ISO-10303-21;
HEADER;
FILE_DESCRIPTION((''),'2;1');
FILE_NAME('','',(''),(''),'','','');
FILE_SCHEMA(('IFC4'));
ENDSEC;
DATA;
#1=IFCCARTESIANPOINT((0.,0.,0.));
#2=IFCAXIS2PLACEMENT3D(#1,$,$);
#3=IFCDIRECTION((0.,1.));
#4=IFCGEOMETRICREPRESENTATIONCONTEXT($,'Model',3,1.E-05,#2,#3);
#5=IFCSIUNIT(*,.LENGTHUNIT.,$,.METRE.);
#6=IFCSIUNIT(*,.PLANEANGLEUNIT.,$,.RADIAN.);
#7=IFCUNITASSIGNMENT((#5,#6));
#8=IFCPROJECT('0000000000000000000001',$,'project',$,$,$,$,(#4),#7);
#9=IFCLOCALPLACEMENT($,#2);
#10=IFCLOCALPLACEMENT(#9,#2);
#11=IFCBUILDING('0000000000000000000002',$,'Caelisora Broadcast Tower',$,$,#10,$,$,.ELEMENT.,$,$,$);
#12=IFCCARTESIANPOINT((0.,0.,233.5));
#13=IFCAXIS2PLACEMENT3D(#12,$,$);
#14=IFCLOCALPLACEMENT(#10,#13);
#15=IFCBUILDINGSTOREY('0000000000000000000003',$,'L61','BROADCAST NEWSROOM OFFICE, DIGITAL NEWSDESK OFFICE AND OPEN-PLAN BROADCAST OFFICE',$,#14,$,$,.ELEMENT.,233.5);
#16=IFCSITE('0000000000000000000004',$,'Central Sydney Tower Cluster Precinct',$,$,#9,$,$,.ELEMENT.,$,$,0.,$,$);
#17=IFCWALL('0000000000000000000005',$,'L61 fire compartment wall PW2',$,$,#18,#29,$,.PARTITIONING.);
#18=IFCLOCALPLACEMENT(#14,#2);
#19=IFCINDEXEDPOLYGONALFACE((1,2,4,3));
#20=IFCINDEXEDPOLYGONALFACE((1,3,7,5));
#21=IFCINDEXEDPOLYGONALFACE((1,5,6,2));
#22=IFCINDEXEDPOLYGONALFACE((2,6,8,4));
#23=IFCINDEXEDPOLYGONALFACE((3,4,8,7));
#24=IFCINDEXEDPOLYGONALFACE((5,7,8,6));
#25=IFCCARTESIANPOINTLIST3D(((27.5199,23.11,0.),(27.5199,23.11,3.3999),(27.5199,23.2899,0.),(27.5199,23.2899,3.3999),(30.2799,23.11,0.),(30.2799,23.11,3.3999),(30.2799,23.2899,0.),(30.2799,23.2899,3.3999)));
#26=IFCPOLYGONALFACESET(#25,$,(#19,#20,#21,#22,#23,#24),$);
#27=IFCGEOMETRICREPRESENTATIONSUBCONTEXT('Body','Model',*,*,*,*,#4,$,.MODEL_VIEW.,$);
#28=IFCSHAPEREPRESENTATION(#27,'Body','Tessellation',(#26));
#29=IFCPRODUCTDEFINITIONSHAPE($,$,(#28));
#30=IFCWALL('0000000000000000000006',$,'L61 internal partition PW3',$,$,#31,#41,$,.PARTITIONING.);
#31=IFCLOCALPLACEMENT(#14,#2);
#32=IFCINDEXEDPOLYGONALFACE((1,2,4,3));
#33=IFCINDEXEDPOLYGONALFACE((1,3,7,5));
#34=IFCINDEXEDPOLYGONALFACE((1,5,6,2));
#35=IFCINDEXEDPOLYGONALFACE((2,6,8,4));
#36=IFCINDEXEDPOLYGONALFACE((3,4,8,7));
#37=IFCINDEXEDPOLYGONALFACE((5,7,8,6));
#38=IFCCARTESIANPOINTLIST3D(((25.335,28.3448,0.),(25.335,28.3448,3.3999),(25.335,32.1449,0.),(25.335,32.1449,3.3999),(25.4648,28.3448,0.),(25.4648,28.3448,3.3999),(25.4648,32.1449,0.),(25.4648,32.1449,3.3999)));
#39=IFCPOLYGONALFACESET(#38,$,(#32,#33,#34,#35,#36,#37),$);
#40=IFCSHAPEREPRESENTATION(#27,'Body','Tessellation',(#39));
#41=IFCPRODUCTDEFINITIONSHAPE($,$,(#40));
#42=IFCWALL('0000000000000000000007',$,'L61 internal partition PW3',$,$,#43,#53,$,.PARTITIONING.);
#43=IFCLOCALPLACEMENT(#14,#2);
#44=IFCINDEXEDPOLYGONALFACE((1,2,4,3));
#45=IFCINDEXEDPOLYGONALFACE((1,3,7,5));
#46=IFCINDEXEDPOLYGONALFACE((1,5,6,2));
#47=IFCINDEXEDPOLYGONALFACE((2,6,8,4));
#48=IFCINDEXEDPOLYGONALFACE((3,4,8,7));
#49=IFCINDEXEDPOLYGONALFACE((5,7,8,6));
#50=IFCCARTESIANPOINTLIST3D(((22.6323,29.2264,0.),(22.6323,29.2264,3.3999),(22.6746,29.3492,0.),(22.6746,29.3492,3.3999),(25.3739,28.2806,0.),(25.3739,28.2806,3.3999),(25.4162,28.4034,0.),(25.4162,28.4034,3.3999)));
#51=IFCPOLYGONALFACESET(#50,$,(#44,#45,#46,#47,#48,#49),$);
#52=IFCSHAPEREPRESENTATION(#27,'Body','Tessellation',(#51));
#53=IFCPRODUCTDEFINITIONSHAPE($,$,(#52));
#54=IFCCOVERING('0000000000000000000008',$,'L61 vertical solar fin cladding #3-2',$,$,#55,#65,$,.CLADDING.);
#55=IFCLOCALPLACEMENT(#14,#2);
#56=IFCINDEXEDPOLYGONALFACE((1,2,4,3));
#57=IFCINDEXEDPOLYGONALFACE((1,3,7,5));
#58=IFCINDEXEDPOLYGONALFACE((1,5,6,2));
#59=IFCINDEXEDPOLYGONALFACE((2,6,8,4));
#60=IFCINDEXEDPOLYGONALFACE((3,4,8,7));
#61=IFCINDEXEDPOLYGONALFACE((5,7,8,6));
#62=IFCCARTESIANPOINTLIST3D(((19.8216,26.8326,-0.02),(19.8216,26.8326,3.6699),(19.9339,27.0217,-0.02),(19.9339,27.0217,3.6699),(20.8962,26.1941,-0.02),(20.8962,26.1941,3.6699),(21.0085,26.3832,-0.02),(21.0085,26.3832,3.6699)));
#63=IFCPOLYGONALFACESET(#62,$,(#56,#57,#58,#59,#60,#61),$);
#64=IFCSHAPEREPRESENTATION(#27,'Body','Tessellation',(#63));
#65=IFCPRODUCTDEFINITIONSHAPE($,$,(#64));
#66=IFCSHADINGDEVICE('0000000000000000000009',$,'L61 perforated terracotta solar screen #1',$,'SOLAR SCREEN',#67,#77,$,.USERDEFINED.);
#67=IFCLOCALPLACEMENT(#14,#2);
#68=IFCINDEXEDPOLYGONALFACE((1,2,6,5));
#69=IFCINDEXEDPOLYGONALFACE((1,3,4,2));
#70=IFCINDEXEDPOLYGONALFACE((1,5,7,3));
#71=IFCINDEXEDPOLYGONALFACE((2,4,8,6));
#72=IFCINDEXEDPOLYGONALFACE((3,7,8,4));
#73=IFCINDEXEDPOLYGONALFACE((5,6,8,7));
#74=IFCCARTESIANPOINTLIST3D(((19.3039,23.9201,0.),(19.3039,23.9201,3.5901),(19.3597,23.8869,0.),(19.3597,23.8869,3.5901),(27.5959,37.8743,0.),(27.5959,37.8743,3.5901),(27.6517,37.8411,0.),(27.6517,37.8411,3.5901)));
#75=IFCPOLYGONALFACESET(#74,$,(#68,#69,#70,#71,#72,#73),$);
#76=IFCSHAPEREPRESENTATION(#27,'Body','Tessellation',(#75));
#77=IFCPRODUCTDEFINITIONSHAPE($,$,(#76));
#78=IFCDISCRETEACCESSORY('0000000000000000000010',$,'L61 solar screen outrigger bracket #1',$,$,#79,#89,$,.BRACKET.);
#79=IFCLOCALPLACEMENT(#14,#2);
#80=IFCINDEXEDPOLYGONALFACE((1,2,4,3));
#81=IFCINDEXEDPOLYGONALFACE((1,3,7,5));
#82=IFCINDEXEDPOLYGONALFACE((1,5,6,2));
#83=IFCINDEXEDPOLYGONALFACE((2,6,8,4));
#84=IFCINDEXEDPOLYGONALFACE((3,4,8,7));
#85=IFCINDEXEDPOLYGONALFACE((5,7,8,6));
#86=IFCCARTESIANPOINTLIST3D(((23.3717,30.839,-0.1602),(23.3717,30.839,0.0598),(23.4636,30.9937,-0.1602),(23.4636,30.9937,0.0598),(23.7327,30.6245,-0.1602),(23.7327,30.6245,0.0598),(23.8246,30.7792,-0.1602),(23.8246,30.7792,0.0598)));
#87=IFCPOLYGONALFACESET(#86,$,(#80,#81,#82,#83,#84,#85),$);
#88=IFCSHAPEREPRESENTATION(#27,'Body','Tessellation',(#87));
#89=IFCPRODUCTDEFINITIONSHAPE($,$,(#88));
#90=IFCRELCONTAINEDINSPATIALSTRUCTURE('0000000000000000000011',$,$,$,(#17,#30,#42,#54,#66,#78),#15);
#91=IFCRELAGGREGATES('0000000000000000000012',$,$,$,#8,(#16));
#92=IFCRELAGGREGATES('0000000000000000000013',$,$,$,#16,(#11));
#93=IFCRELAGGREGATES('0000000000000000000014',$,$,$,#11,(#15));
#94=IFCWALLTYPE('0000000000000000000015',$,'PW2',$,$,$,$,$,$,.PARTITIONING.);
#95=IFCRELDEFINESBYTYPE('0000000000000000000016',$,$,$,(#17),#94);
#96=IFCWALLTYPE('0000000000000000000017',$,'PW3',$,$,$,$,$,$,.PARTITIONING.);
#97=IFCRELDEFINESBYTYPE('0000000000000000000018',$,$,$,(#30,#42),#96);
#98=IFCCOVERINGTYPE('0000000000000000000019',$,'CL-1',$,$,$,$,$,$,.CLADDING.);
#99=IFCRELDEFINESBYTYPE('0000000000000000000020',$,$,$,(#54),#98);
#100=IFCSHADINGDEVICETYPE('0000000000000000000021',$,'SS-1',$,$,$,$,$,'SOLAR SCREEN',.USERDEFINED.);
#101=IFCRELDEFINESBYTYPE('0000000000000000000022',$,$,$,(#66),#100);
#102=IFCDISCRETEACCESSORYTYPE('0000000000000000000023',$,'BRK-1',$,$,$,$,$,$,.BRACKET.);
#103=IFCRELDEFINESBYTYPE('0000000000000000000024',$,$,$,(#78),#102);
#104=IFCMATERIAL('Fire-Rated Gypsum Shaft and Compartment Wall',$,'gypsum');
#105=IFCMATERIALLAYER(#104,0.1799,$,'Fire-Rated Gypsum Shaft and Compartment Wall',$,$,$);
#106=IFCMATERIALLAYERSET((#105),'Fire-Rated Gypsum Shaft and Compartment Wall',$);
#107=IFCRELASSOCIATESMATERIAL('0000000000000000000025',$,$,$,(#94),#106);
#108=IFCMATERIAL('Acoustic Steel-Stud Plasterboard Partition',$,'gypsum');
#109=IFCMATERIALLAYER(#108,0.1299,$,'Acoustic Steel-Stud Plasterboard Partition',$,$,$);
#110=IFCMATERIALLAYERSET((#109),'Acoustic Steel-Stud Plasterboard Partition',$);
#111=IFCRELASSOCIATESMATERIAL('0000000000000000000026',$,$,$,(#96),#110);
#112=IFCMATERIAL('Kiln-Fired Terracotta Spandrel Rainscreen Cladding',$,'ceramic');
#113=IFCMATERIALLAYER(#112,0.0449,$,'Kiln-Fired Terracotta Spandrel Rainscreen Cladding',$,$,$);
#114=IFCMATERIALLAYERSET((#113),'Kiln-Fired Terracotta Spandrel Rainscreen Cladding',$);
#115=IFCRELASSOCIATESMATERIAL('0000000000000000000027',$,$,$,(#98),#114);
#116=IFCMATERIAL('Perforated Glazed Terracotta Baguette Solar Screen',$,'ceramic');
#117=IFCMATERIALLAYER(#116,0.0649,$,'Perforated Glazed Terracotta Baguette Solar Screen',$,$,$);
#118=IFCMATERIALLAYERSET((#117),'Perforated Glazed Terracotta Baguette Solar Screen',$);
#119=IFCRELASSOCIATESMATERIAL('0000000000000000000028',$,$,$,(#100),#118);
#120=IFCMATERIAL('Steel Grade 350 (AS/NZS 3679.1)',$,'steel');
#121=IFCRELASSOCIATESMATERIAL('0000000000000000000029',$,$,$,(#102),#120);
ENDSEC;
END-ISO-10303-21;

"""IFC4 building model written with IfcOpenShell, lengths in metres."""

from ifc_helpers import new_model, si_unit, direction, frame, frame_2d, origin, origin_2d, place, context, subcontext, project, spatial, rectangle, extrude, source, transform, mapped, material, layer, layer_set, type_object, type_shapes, element, save


model = new_model("IFC4")

# Units and contexts
model_context = context("Model", 3, precision=1e-05, world=origin(), true_north=direction((0.0, 1.0)))
body_context = subcontext(model_context, "Body", "Model", "MODEL_VIEW")
ifc_project = project(units=[si_unit("LENGTHUNIT", "METRE"), si_unit("PLANEANGLEUNIT", "RADIAN")], contexts=[model_context])

# Site, building, storey
site_placement = place(None, origin())
site = spatial("IfcSite", under=ifc_project, at=site_placement, Name="Central Sydney Tower Cluster Precinct", CompositionType="ELEMENT", RefElevation=0.0)
building_placement = place(site_placement, origin())
building = spatial("IfcBuilding", under=site, at=building_placement, Name="Caelisora Broadcast Tower", CompositionType="ELEMENT")
storey_placement = place(building_placement, frame((0.0, 0.0, 233.5)))
storey = spatial("IfcBuildingStorey", under=building, at=storey_placement, Name="L61", Description="BROADCAST NEWSROOM OFFICE, DIGITAL NEWSDESK OFFICE AND OPEN-PLAN BROADCAST OFFICE", CompositionType="ELEMENT", Elevation=233.5)

# Shared definitions
ifc_material_1 = material(Name="Steel Grade 350 (AS/NZS 3679.1)", Category="steel")

# Shared definitions
ifc_material_2 = material(Name="Fire-Rated Gypsum Shaft and Compartment Wall", Category="gypsum")
ifc_layer_1 = layer(ifc_material_2, 0.1799, Name="Fire-Rated Gypsum Shaft and Compartment Wall")
ifc_layer_set_1 = layer_set([ifc_layer_1], Name="Fire-Rated Gypsum Shaft and Compartment Wall")
wall_type_1 = type_object("IfcWallType", Name="PW2", PredefinedType="PARTITIONING", material=ifc_layer_set_1)

# Walls
wall_1_placement = place(storey_placement, frame((27.52, 23.2, 0.0), z_axis=(0.0, 0.0, 1.0), x_axis=(1.0, 0.0, 0.0)))
element("IfcWall", 1, at=wall_1_placement, inside=storey, type_object=wall_type_1, Name="L61 fire compartment wall PW2", PredefinedType="PARTITIONING", context=body_context, shape_type="SweptSolid", body=[
    extrude(rectangle(XDim=2.76, YDim=0.1799, at=frame_2d((1.3799, 0.0))), origin(), (0.0, 0.0, 1.0), 3.3999),
])
ifc_material_3 = material(Name="Acoustic Steel-Stud Plasterboard Partition", Category="gypsum")
ifc_layer_2 = layer(ifc_material_3, 0.1299, Name="Acoustic Steel-Stud Plasterboard Partition")
ifc_layer_set_2 = layer_set([ifc_layer_2], Name="Acoustic Steel-Stud Plasterboard Partition")
wall_type_2 = type_object("IfcWallType", Name="PW3", PredefinedType="PARTITIONING", material=ifc_layer_set_2)
wall_2_placement = place(storey_placement, frame((25.3999, 28.345, 0.0), z_axis=(0.0, 0.0, 1.0), x_axis=(0.0, 1.0, 0.0)))
element("IfcWall", 2, at=wall_2_placement, inside=storey, type_object=wall_type_2, Name="L61 internal partition PW3", PredefinedType="PARTITIONING", context=body_context, shape_type="SweptSolid", body=[
    extrude(rectangle(XDim=3.8, YDim=0.1299, at=frame_2d((1.8999, 0.0))), origin(), (0.0, 0.0, 1.0), 3.3999),
])
wall_3_placement = place(storey_placement, frame((22.6533, 29.2878, 0.0), z_axis=(0.0, 0.0, 1.0), x_axis=(0.945332, -0.32611, 0.0)))
element("IfcWall", 3, at=wall_3_placement, inside=storey, type_object=wall_type_2, Name="L61 internal partition PW3", PredefinedType="PARTITIONING", context=body_context, shape_type="SweptSolid", body=[
    extrude(rectangle(XDim=2.9001, YDim=0.1299, at=frame_2d((1.4502, 0.0))), origin(), (0.0, 0.0, 1.0), 3.3999),
])

# Covering
ifc_material_4 = material(Name="Kiln-Fired Terracotta Spandrel Rainscreen Cladding", Category="ceramic")
ifc_layer_3 = layer(ifc_material_4, 0.0449, Name="Kiln-Fired Terracotta Spandrel Rainscreen Cladding")
ifc_layer_set_3 = layer_set([ifc_layer_3], Name="Kiln-Fired Terracotta Spandrel Rainscreen Cladding")
covering_type = type_object("IfcCoveringType", Name="CL-1", PredefinedType="CLADDING", material=ifc_layer_set_3)
shared_shape_1 = source(origin(), body_context, "Body", "SweptSolid", [
    extrude(rectangle(XDim=0.22, YDim=1.25, at=origin_2d()), origin(), (0.0, 0.0, 1.0), 3.6899),
])
type_shapes(covering_type, [shared_shape_1])
covering_placement = place(storey_placement, frame((20.415, 26.6079, -0.02), z_axis=(0.0, 0.0, 1.0), x_axis=(0.510843, 0.859674, 0.0)))
element("IfcCovering", 4, at=covering_placement, inside=storey, type_object=covering_type, Name="L61 vertical solar fin cladding #3-2", PredefinedType="CLADDING", context=body_context, shape_type="MappedRepresentation", body=[
    mapped(shared_shape_1, transform((0.0, 0.0, 0.0), scale=1.0)),
])

# Shading device
ifc_material_5 = material(Name="Perforated Glazed Terracotta Baguette Solar Screen", Category="ceramic")
ifc_layer_4 = layer(ifc_material_5, 0.0649, Name="Perforated Glazed Terracotta Baguette Solar Screen")
ifc_layer_set_4 = layer_set([ifc_layer_4], Name="Perforated Glazed Terracotta Baguette Solar Screen")
shading_device_type = type_object("IfcShadingDeviceType", Name="SS-1", ElementType="SOLAR SCREEN", PredefinedType="USERDEFINED", material=ifc_layer_set_4)
shared_shape_2 = source(origin(), body_context, "Body", "SweptSolid", [
    extrude(rectangle(XDim=16.2319, YDim=0.0649, at=origin_2d()), origin(), (0.0, 0.0, 1.0), 3.5901),
])
type_shapes(shading_device_type, [shared_shape_2])
shading_device_placement = place(storey_placement, frame((23.4778, 30.8806, 0.0), z_axis=(0.0, 0.0, 1.0), x_axis=(-0.510843, -0.859674, 0.0)))
element("IfcShadingDevice", 5, at=shading_device_placement, inside=storey, type_object=shading_device_type, Name="L61 perforated terracotta solar screen #1", ObjectType="SOLAR SCREEN", PredefinedType="USERDEFINED", context=body_context, shape_type="MappedRepresentation", body=[
    mapped(shared_shape_2, transform((0.0, 0.0, 0.0), scale=1.0)),
])

# Discrete accessory
discrete_accessory_type = type_object("IfcDiscreteAccessoryType", Name="BRK-1", PredefinedType="BRACKET", material=ifc_material_1)
shared_shape_3 = source(origin(), body_context, "Body", "SweptSolid", [
    extrude(rectangle(XDim=0.1799, YDim=0.4199, at=origin_2d()), origin(), (0.0, 0.0, 1.0), 0.22),
])
type_shapes(discrete_accessory_type, [shared_shape_3])
discrete_accessory_placement = place(storey_placement, frame((23.5981, 30.8091, -0.1602), z_axis=(0.0, 0.0, 1.0), x_axis=(-0.510843, -0.859674, 0.0)))
element("IfcDiscreteAccessory", 6, at=discrete_accessory_placement, inside=storey, type_object=discrete_accessory_type, Name="L61 solar screen outrigger bracket #1", PredefinedType="BRACKET", context=body_context, shape_type="MappedRepresentation", body=[
    mapped(shared_shape_3, transform((0.0, 0.0, 0.0), scale=1.0)),
])

save(model, "model.ifc")
